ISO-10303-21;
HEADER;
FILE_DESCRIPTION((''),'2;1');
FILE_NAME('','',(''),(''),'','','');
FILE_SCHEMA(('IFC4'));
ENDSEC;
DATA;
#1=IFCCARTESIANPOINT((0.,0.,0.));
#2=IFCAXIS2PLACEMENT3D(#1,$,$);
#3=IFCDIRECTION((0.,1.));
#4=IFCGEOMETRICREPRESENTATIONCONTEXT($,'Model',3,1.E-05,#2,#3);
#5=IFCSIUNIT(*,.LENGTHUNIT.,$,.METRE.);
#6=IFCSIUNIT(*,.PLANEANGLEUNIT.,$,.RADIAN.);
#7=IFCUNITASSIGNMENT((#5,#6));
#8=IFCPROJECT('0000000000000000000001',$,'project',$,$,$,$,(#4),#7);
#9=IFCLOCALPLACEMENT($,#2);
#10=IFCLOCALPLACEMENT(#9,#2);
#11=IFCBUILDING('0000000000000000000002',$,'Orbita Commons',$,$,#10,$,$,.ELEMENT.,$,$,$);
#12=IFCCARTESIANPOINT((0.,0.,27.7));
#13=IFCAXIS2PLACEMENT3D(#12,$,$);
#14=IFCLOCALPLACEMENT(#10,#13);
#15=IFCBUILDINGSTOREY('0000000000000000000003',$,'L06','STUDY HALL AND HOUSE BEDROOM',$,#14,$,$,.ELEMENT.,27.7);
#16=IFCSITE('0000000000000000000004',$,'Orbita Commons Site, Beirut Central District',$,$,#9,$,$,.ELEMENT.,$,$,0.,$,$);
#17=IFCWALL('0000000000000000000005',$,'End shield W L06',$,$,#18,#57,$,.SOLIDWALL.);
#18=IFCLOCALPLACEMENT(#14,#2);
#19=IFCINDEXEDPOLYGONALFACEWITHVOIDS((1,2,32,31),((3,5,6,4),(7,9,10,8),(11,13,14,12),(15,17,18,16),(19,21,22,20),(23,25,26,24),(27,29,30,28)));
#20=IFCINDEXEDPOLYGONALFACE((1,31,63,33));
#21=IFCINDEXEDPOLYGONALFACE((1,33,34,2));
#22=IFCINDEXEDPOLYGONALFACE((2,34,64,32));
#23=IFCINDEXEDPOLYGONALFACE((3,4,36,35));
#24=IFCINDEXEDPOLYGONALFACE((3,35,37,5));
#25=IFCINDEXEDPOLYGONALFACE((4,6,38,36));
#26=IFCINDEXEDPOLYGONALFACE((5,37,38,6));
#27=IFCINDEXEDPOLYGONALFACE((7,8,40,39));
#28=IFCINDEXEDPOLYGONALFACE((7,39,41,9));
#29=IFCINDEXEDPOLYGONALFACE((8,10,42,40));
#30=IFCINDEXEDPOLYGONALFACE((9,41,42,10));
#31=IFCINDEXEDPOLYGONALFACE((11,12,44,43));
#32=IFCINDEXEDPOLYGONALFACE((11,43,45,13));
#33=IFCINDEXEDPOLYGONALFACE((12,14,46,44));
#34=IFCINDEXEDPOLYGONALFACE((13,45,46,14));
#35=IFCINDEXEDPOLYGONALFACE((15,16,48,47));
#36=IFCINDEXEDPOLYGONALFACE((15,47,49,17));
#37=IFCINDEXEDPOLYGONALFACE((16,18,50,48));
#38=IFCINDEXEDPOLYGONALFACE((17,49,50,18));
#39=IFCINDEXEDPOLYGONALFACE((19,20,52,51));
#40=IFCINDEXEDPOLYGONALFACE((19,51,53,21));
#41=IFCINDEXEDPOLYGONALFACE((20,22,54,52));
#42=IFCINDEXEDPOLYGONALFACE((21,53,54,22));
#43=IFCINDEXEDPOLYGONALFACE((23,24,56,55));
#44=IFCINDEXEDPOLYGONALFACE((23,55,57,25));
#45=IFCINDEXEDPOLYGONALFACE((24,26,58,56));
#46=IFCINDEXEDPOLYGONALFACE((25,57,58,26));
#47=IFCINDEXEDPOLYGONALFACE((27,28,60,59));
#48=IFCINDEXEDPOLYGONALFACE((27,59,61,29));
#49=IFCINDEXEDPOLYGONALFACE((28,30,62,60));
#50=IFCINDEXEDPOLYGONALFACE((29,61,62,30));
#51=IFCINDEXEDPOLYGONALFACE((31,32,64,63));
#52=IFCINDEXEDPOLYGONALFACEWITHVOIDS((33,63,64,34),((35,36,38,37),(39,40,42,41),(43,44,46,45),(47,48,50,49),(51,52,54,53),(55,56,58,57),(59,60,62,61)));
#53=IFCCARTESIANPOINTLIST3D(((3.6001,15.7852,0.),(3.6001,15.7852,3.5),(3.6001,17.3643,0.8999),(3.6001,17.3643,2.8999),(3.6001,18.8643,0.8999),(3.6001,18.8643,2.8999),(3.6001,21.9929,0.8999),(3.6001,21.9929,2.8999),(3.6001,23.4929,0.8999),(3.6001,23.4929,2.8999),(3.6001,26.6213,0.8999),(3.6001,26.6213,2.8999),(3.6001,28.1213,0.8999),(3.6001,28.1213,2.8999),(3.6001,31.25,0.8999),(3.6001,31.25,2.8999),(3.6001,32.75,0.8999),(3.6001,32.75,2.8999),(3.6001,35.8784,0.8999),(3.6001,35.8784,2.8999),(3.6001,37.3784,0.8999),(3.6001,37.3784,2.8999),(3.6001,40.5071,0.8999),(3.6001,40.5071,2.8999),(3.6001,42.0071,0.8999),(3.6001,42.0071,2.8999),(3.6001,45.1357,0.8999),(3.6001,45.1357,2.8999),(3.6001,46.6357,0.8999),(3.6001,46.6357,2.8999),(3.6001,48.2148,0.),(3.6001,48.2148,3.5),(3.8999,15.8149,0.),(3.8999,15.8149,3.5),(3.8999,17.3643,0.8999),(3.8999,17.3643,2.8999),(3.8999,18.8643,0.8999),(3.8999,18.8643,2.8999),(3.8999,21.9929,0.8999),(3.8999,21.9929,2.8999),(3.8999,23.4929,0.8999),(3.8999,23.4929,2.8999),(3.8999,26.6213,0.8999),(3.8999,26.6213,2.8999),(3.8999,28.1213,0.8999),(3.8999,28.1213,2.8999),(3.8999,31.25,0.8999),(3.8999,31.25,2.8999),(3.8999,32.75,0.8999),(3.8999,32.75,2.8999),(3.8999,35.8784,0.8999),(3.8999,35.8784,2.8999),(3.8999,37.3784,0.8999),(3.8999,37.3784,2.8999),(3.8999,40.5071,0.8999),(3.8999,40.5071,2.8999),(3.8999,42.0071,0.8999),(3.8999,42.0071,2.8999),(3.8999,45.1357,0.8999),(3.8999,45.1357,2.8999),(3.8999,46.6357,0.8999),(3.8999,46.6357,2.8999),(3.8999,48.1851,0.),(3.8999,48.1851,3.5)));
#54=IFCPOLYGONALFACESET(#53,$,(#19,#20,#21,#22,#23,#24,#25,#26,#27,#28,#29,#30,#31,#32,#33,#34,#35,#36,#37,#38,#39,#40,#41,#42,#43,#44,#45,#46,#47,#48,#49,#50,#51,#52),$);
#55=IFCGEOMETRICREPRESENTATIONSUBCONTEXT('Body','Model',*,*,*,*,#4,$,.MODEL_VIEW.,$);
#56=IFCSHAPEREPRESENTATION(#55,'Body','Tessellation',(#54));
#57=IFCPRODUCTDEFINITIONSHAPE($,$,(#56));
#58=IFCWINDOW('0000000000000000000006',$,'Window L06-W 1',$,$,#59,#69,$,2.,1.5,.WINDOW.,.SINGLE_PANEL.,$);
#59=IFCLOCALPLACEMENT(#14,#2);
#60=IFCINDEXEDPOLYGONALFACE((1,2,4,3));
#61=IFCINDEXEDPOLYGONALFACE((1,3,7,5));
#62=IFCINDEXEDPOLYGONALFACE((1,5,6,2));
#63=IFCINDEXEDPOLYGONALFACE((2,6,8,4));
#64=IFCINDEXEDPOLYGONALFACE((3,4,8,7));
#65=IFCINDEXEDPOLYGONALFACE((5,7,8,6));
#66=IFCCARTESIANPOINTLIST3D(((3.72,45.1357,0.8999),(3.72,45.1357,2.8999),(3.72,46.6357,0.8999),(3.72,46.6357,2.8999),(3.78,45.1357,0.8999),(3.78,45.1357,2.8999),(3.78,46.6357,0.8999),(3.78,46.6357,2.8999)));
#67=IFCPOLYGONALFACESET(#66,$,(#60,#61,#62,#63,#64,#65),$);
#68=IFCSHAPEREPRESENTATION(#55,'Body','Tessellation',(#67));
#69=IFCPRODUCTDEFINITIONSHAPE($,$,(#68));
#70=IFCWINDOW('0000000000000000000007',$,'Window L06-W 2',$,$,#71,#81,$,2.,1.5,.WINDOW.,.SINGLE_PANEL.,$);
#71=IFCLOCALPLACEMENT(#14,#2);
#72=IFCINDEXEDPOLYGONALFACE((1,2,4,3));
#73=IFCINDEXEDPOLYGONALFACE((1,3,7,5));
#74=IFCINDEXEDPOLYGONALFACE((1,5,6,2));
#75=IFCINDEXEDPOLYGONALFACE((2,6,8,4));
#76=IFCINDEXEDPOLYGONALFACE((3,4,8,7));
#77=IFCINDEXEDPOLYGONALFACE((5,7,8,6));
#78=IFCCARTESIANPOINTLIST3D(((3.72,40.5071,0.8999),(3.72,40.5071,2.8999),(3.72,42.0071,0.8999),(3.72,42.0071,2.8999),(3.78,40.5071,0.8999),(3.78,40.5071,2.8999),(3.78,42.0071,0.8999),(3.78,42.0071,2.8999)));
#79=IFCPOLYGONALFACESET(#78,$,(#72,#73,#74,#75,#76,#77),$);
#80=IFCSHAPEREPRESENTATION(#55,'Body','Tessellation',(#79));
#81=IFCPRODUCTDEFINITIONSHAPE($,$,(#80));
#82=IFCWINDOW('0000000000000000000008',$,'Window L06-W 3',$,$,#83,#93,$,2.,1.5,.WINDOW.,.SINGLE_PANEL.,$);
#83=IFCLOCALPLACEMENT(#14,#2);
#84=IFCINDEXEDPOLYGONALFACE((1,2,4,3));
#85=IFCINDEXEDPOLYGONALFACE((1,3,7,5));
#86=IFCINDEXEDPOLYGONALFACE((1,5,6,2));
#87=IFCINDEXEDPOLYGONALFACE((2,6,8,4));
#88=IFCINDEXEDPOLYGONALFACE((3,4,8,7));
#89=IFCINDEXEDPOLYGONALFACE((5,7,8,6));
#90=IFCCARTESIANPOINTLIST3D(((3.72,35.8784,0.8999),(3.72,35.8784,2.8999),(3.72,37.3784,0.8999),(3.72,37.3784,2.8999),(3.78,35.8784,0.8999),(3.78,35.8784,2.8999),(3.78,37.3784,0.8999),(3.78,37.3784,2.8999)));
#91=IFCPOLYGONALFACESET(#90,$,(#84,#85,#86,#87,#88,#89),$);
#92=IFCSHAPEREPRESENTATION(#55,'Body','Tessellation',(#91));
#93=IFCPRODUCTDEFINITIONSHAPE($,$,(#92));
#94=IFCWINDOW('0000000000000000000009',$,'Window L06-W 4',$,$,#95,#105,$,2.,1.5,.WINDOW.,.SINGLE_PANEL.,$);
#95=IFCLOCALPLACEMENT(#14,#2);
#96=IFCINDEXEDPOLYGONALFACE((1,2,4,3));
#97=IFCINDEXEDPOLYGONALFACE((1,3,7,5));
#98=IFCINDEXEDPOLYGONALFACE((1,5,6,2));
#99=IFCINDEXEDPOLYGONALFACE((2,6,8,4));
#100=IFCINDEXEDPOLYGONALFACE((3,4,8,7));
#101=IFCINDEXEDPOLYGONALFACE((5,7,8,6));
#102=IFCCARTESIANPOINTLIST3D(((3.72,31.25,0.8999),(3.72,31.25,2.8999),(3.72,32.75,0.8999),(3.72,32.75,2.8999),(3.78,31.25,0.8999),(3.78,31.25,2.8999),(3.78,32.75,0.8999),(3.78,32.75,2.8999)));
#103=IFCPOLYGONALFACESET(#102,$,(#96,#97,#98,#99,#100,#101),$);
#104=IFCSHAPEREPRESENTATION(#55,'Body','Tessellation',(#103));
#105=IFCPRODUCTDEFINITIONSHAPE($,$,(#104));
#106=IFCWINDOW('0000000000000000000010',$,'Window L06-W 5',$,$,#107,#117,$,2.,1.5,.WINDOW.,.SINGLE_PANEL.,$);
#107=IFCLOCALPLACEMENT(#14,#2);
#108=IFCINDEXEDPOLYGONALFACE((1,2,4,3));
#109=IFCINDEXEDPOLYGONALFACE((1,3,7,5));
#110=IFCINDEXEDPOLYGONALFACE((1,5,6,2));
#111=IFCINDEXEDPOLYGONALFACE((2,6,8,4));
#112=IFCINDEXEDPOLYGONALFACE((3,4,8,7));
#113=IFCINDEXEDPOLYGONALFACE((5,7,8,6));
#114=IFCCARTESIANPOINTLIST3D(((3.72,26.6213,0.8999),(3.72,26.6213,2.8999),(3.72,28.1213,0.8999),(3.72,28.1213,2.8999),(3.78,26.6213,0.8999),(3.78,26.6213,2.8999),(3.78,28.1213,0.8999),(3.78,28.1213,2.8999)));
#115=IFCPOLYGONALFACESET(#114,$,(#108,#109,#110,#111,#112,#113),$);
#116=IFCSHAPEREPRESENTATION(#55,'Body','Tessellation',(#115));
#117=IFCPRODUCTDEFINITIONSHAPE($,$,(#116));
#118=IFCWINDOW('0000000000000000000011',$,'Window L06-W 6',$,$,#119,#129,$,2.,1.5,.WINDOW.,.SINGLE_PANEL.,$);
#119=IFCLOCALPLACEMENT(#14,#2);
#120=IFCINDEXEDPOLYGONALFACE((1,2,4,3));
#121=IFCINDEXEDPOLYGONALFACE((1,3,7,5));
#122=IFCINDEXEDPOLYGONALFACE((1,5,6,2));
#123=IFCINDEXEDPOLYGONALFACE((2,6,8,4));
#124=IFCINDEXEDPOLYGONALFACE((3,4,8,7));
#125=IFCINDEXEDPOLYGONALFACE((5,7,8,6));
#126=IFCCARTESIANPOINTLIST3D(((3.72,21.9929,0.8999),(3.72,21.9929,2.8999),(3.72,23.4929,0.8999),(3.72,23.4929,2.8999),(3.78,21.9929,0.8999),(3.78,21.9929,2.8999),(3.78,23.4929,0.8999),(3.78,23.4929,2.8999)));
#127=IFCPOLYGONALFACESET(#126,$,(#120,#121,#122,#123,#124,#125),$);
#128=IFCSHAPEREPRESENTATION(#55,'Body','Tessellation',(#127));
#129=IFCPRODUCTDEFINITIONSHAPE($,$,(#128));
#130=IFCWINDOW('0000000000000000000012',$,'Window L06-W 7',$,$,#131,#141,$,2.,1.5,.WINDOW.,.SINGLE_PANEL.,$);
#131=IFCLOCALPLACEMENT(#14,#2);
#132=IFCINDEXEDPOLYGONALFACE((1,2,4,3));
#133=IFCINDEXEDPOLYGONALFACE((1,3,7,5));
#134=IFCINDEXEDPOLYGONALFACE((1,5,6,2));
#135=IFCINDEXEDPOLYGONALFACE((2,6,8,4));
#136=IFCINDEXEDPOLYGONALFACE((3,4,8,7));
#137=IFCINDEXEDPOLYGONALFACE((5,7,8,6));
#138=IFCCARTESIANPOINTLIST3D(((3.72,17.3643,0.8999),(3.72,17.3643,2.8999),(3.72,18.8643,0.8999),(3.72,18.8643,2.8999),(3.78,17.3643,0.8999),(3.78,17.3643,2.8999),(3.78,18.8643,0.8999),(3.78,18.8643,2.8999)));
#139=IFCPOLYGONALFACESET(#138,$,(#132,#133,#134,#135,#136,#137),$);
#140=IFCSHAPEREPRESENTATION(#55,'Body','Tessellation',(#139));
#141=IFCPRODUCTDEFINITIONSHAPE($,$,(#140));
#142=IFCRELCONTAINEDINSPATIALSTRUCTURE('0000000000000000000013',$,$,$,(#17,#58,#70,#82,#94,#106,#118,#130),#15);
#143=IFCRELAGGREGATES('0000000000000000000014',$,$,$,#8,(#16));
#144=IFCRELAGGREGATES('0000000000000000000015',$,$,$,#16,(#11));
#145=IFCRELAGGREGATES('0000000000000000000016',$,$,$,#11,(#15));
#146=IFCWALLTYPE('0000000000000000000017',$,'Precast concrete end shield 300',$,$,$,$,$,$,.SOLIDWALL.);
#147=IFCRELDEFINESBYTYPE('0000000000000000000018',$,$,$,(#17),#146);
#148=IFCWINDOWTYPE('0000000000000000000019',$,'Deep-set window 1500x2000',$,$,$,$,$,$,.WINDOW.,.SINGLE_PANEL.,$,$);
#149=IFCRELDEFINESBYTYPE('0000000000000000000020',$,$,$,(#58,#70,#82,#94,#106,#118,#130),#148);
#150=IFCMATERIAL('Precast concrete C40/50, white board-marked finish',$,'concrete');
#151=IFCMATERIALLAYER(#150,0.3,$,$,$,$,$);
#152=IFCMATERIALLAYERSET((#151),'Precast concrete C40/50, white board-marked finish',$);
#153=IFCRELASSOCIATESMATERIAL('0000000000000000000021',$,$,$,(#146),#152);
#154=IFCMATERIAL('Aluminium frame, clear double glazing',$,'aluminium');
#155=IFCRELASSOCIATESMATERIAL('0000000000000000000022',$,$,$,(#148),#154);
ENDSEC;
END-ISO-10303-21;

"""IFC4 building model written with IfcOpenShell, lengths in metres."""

from ifc_helpers import new_model, si_unit, direction, frame, frame_2d, origin, place, context, subcontext, project, spatial, polyline, rectangle, outline, extrude, material, layer, layer_set, type_object, element, fill, save


model = new_model("IFC4")

# Units and contexts
model_context = context("Model", 3, precision=1e-05, world=origin(), true_north=direction((0.0, 1.0)))
body_context = subcontext(model_context, "Body", "Model", "MODEL_VIEW")
ifc_project = project(units=[si_unit("LENGTHUNIT", "METRE"), si_unit("PLANEANGLEUNIT", "RADIAN")], contexts=[model_context])

# Site, building, storey
site_placement = place(None, origin())
site = spatial("IfcSite", under=ifc_project, at=site_placement, Name="Orbita Commons Site, Beirut Central District", CompositionType="ELEMENT", RefElevation=0.0)
building_placement = place(site_placement, origin())
building = spatial("IfcBuilding", under=site, at=building_placement, Name="Orbita Commons", CompositionType="ELEMENT")
storey_placement = place(building_placement, frame((0.0, 0.0, 27.7)))
storey = spatial("IfcBuildingStorey", under=building, at=storey_placement, Name="L06", Description="STUDY HALL AND HOUSE BEDROOM", CompositionType="ELEMENT", Elevation=27.7)

# Wall, openings, windows
ifc_material_1 = material(Name="Precast concrete C40/50, white board-marked finish", Category="concrete")
ifc_layer_1 = layer(ifc_material_1, 0.3)
ifc_layer_set_1 = layer_set([ifc_layer_1], Name="Precast concrete C40/50, white board-marked finish")
wall_type_1 = type_object("IfcWallType", Name="Precast concrete end shield 300", PredefinedType="SOLIDWALL", material=ifc_layer_set_1)
wall_1_placement = place(storey_placement, frame((3.75, 48.2, 0.0), z_axis=(0.0, 0.0, 1.0), x_axis=(0.0, -1.0, 0.0)))
wall_1 = element("IfcWall", 1, at=wall_1_placement, inside=storey, type_object=wall_type_1, Name="End shield W L06", PredefinedType="SOLIDWALL", context=body_context, shape_type="SweptSolid", body=[
    extrude(outline(polyline([(-0.0149, -0.1499), (32.4148, -0.1499), (32.385, 0.1499), (0.0149, 0.1499), (-0.0149, -0.1499)])), origin(), (0.0, 0.0, 1.0), 3.5),
])
opening_1_placement = place(wall_1_placement, frame((1.5642, 0.0, 0.8999)))
opening_1 = element("IfcOpeningElement", 2, at=opening_1_placement, cuts=wall_1, PredefinedType="OPENING", context=body_context, shape_type="SweptSolid", body=[
    extrude(rectangle(XDim=1.5, YDim=2.0, at=frame_2d((0.75, 1.0))), frame((0.0, 0.1599, 0.0), z_axis=(0.0, -1.0, 0.0), x_axis=(1.0, 0.0, 0.0)), (0.0, 0.0, 1.0), 0.3201),
])
opening_2_placement = place(wall_1_placement, frame((6.1929, 0.0, 0.8999)))
opening_2 = element("IfcOpeningElement", 3, at=opening_2_placement, cuts=wall_1, PredefinedType="OPENING", context=body_context, shape_type="SweptSolid", body=[
    extrude(rectangle(XDim=1.5, YDim=2.0, at=frame_2d((0.75, 1.0))), frame((0.0, 0.1599, 0.0), z_axis=(0.0, -1.0, 0.0), x_axis=(1.0, 0.0, 0.0)), (0.0, 0.0, 1.0), 0.3201),
])
opening_3_placement = place(wall_1_placement, frame((10.8215, 0.0, 0.8999)))
opening_3 = element("IfcOpeningElement", 4, at=opening_3_placement, cuts=wall_1, PredefinedType="OPENING", context=body_context, shape_type="SweptSolid", body=[
    extrude(rectangle(XDim=1.5, YDim=2.0, at=frame_2d((0.75, 1.0))), frame((0.0, 0.1599, 0.0), z_axis=(0.0, -1.0, 0.0), x_axis=(1.0, 0.0, 0.0)), (0.0, 0.0, 1.0), 0.3201),
])
opening_4_placement = place(wall_1_placement, frame((15.45, 0.0, 0.8999)))
opening_4 = element("IfcOpeningElement", 5, at=opening_4_placement, cuts=wall_1, PredefinedType="OPENING", context=body_context, shape_type="SweptSolid", body=[
    extrude(rectangle(XDim=1.5, YDim=2.0, at=frame_2d((0.75, 1.0))), frame((0.0, 0.1599, 0.0), z_axis=(0.0, -1.0, 0.0), x_axis=(1.0, 0.0, 0.0)), (0.0, 0.0, 1.0), 0.3201),
])
opening_5_placement = place(wall_1_placement, frame((20.0786, 0.0, 0.8999)))
opening_5 = element("IfcOpeningElement", 6, at=opening_5_placement, cuts=wall_1, PredefinedType="OPENING", context=body_context, shape_type="SweptSolid", body=[
    extrude(rectangle(XDim=1.5, YDim=2.0, at=frame_2d((0.75, 1.0))), frame((0.0, 0.1599, 0.0), z_axis=(0.0, -1.0, 0.0), x_axis=(1.0, 0.0, 0.0)), (0.0, 0.0, 1.0), 0.3201),
])
opening_6_placement = place(wall_1_placement, frame((24.707, 0.0, 0.8999)))
opening_6 = element("IfcOpeningElement", 7, at=opening_6_placement, cuts=wall_1, PredefinedType="OPENING", context=body_context, shape_type="SweptSolid", body=[
    extrude(rectangle(XDim=1.5, YDim=2.0, at=frame_2d((0.75, 1.0))), frame((0.0, 0.1599, 0.0), z_axis=(0.0, -1.0, 0.0), x_axis=(1.0, 0.0, 0.0)), (0.0, 0.0, 1.0), 0.3201),
])
opening_7_placement = place(wall_1_placement, frame((29.3357, 0.0, 0.8999)))
opening_7 = element("IfcOpeningElement", 8, at=opening_7_placement, cuts=wall_1, PredefinedType="OPENING", context=body_context, shape_type="SweptSolid", body=[
    extrude(rectangle(XDim=1.5, YDim=2.0, at=frame_2d((0.75, 1.0))), frame((0.0, 0.1599, 0.0), z_axis=(0.0, -1.0, 0.0), x_axis=(1.0, 0.0, 0.0)), (0.0, 0.0, 1.0), 0.3201),
])
ifc_material_2 = material(Name="Aluminium frame, clear double glazing", Category="aluminium")
window_type = type_object("IfcWindowType", Name="Deep-set window 1500x2000", PartitioningType="SINGLE_PANEL", PredefinedType="WINDOW", material=ifc_material_2)
window_1_placement = place(opening_1_placement, origin())
window_1 = element("IfcWindow", 9, at=window_1_placement, inside=storey, type_object=window_type, Name="Window L06-W 1", OverallHeight=2.0, OverallWidth=1.5, PartitioningType="SINGLE_PANEL", PredefinedType="WINDOW", context=body_context, shape_type="SweptSolid", body=[
    extrude(rectangle(XDim=1.5, YDim=2.0, at=frame_2d((0.75, 1.0))), frame((0.0, 0.03, 0.0), z_axis=(0.0, -1.0, 0.0), x_axis=(1.0, 0.0, 0.0)), (0.0, 0.0, 1.0), 0.0601),
])
fill(opening_1, window_1)
window_2_placement = place(opening_2_placement, origin())
window_2 = element("IfcWindow", 10, at=window_2_placement, inside=storey, type_object=window_type, Name="Window L06-W 2", OverallHeight=2.0, OverallWidth=1.5, PartitioningType="SINGLE_PANEL", PredefinedType="WINDOW", context=body_context, shape_type="SweptSolid", body=[
    extrude(rectangle(XDim=1.5, YDim=2.0, at=frame_2d((0.75, 1.0))), frame((0.0, 0.03, 0.0), z_axis=(0.0, -1.0, 0.0), x_axis=(1.0, 0.0, 0.0)), (0.0, 0.0, 1.0), 0.0601),
])
fill(opening_2, window_2)
window_3_placement = place(opening_3_placement, origin())
window_3 = element("IfcWindow", 11, at=window_3_placement, inside=storey, type_object=window_type, Name="Window L06-W 3", OverallHeight=2.0, OverallWidth=1.5, PartitioningType="SINGLE_PANEL", PredefinedType="WINDOW", context=body_context, shape_type="SweptSolid", body=[
    extrude(rectangle(XDim=1.5, YDim=2.0, at=frame_2d((0.75, 1.0))), frame((0.0, 0.03, 0.0), z_axis=(0.0, -1.0, 0.0), x_axis=(1.0, 0.0, 0.0)), (0.0, 0.0, 1.0), 0.0601),
])
fill(opening_3, window_3)
window_4_placement = place(opening_4_placement, origin())
window_4 = element("IfcWindow", 12, at=window_4_placement, inside=storey, type_object=window_type, Name="Window L06-W 4", OverallHeight=2.0, OverallWidth=1.5, PartitioningType="SINGLE_PANEL", PredefinedType="WINDOW", context=body_context, shape_type="SweptSolid", body=[
    extrude(rectangle(XDim=1.5, YDim=2.0, at=frame_2d((0.75, 1.0))), frame((0.0, 0.03, 0.0), z_axis=(0.0, -1.0, 0.0), x_axis=(1.0, 0.0, 0.0)), (0.0, 0.0, 1.0), 0.0601),
])
fill(opening_4, window_4)
window_5_placement = place(opening_5_placement, origin())
window_5 = element("IfcWindow", 13, at=window_5_placement, inside=storey, type_object=window_type, Name="Window L06-W 5", OverallHeight=2.0, OverallWidth=1.5, PartitioningType="SINGLE_PANEL", PredefinedType="WINDOW", context=body_context, shape_type="SweptSolid", body=[
    extrude(rectangle(XDim=1.5, YDim=2.0, at=frame_2d((0.75, 1.0))), frame((0.0, 0.03, 0.0), z_axis=(0.0, -1.0, 0.0), x_axis=(1.0, 0.0, 0.0)), (0.0, 0.0, 1.0), 0.0601),
])
fill(opening_5, window_5)
window_6_placement = place(opening_6_placement, origin())
window_6 = element("IfcWindow", 14, at=window_6_placement, inside=storey, type_object=window_type, Name="Window L06-W 6", OverallHeight=2.0, OverallWidth=1.5, PartitioningType="SINGLE_PANEL", PredefinedType="WINDOW", context=body_context, shape_type="SweptSolid", body=[
    extrude(rectangle(XDim=1.5, YDim=2.0, at=frame_2d((0.75, 1.0))), frame((0.0, 0.03, 0.0), z_axis=(0.0, -1.0, 0.0), x_axis=(1.0, 0.0, 0.0)), (0.0, 0.0, 1.0), 0.0601),
])
fill(opening_6, window_6)
window_7_placement = place(opening_7_placement, origin())
window_7 = element("IfcWindow", 15, at=window_7_placement, inside=storey, type_object=window_type, Name="Window L06-W 7", OverallHeight=2.0, OverallWidth=1.5, PartitioningType="SINGLE_PANEL", PredefinedType="WINDOW", context=body_context, shape_type="SweptSolid", body=[
    extrude(rectangle(XDim=1.5, YDim=2.0, at=frame_2d((0.75, 1.0))), frame((0.0, 0.03, 0.0), z_axis=(0.0, -1.0, 0.0), x_axis=(1.0, 0.0, 0.0)), (0.0, 0.0, 1.0), 0.0601),
])
fill(opening_7, window_7)

save(model, "model.ifc")
